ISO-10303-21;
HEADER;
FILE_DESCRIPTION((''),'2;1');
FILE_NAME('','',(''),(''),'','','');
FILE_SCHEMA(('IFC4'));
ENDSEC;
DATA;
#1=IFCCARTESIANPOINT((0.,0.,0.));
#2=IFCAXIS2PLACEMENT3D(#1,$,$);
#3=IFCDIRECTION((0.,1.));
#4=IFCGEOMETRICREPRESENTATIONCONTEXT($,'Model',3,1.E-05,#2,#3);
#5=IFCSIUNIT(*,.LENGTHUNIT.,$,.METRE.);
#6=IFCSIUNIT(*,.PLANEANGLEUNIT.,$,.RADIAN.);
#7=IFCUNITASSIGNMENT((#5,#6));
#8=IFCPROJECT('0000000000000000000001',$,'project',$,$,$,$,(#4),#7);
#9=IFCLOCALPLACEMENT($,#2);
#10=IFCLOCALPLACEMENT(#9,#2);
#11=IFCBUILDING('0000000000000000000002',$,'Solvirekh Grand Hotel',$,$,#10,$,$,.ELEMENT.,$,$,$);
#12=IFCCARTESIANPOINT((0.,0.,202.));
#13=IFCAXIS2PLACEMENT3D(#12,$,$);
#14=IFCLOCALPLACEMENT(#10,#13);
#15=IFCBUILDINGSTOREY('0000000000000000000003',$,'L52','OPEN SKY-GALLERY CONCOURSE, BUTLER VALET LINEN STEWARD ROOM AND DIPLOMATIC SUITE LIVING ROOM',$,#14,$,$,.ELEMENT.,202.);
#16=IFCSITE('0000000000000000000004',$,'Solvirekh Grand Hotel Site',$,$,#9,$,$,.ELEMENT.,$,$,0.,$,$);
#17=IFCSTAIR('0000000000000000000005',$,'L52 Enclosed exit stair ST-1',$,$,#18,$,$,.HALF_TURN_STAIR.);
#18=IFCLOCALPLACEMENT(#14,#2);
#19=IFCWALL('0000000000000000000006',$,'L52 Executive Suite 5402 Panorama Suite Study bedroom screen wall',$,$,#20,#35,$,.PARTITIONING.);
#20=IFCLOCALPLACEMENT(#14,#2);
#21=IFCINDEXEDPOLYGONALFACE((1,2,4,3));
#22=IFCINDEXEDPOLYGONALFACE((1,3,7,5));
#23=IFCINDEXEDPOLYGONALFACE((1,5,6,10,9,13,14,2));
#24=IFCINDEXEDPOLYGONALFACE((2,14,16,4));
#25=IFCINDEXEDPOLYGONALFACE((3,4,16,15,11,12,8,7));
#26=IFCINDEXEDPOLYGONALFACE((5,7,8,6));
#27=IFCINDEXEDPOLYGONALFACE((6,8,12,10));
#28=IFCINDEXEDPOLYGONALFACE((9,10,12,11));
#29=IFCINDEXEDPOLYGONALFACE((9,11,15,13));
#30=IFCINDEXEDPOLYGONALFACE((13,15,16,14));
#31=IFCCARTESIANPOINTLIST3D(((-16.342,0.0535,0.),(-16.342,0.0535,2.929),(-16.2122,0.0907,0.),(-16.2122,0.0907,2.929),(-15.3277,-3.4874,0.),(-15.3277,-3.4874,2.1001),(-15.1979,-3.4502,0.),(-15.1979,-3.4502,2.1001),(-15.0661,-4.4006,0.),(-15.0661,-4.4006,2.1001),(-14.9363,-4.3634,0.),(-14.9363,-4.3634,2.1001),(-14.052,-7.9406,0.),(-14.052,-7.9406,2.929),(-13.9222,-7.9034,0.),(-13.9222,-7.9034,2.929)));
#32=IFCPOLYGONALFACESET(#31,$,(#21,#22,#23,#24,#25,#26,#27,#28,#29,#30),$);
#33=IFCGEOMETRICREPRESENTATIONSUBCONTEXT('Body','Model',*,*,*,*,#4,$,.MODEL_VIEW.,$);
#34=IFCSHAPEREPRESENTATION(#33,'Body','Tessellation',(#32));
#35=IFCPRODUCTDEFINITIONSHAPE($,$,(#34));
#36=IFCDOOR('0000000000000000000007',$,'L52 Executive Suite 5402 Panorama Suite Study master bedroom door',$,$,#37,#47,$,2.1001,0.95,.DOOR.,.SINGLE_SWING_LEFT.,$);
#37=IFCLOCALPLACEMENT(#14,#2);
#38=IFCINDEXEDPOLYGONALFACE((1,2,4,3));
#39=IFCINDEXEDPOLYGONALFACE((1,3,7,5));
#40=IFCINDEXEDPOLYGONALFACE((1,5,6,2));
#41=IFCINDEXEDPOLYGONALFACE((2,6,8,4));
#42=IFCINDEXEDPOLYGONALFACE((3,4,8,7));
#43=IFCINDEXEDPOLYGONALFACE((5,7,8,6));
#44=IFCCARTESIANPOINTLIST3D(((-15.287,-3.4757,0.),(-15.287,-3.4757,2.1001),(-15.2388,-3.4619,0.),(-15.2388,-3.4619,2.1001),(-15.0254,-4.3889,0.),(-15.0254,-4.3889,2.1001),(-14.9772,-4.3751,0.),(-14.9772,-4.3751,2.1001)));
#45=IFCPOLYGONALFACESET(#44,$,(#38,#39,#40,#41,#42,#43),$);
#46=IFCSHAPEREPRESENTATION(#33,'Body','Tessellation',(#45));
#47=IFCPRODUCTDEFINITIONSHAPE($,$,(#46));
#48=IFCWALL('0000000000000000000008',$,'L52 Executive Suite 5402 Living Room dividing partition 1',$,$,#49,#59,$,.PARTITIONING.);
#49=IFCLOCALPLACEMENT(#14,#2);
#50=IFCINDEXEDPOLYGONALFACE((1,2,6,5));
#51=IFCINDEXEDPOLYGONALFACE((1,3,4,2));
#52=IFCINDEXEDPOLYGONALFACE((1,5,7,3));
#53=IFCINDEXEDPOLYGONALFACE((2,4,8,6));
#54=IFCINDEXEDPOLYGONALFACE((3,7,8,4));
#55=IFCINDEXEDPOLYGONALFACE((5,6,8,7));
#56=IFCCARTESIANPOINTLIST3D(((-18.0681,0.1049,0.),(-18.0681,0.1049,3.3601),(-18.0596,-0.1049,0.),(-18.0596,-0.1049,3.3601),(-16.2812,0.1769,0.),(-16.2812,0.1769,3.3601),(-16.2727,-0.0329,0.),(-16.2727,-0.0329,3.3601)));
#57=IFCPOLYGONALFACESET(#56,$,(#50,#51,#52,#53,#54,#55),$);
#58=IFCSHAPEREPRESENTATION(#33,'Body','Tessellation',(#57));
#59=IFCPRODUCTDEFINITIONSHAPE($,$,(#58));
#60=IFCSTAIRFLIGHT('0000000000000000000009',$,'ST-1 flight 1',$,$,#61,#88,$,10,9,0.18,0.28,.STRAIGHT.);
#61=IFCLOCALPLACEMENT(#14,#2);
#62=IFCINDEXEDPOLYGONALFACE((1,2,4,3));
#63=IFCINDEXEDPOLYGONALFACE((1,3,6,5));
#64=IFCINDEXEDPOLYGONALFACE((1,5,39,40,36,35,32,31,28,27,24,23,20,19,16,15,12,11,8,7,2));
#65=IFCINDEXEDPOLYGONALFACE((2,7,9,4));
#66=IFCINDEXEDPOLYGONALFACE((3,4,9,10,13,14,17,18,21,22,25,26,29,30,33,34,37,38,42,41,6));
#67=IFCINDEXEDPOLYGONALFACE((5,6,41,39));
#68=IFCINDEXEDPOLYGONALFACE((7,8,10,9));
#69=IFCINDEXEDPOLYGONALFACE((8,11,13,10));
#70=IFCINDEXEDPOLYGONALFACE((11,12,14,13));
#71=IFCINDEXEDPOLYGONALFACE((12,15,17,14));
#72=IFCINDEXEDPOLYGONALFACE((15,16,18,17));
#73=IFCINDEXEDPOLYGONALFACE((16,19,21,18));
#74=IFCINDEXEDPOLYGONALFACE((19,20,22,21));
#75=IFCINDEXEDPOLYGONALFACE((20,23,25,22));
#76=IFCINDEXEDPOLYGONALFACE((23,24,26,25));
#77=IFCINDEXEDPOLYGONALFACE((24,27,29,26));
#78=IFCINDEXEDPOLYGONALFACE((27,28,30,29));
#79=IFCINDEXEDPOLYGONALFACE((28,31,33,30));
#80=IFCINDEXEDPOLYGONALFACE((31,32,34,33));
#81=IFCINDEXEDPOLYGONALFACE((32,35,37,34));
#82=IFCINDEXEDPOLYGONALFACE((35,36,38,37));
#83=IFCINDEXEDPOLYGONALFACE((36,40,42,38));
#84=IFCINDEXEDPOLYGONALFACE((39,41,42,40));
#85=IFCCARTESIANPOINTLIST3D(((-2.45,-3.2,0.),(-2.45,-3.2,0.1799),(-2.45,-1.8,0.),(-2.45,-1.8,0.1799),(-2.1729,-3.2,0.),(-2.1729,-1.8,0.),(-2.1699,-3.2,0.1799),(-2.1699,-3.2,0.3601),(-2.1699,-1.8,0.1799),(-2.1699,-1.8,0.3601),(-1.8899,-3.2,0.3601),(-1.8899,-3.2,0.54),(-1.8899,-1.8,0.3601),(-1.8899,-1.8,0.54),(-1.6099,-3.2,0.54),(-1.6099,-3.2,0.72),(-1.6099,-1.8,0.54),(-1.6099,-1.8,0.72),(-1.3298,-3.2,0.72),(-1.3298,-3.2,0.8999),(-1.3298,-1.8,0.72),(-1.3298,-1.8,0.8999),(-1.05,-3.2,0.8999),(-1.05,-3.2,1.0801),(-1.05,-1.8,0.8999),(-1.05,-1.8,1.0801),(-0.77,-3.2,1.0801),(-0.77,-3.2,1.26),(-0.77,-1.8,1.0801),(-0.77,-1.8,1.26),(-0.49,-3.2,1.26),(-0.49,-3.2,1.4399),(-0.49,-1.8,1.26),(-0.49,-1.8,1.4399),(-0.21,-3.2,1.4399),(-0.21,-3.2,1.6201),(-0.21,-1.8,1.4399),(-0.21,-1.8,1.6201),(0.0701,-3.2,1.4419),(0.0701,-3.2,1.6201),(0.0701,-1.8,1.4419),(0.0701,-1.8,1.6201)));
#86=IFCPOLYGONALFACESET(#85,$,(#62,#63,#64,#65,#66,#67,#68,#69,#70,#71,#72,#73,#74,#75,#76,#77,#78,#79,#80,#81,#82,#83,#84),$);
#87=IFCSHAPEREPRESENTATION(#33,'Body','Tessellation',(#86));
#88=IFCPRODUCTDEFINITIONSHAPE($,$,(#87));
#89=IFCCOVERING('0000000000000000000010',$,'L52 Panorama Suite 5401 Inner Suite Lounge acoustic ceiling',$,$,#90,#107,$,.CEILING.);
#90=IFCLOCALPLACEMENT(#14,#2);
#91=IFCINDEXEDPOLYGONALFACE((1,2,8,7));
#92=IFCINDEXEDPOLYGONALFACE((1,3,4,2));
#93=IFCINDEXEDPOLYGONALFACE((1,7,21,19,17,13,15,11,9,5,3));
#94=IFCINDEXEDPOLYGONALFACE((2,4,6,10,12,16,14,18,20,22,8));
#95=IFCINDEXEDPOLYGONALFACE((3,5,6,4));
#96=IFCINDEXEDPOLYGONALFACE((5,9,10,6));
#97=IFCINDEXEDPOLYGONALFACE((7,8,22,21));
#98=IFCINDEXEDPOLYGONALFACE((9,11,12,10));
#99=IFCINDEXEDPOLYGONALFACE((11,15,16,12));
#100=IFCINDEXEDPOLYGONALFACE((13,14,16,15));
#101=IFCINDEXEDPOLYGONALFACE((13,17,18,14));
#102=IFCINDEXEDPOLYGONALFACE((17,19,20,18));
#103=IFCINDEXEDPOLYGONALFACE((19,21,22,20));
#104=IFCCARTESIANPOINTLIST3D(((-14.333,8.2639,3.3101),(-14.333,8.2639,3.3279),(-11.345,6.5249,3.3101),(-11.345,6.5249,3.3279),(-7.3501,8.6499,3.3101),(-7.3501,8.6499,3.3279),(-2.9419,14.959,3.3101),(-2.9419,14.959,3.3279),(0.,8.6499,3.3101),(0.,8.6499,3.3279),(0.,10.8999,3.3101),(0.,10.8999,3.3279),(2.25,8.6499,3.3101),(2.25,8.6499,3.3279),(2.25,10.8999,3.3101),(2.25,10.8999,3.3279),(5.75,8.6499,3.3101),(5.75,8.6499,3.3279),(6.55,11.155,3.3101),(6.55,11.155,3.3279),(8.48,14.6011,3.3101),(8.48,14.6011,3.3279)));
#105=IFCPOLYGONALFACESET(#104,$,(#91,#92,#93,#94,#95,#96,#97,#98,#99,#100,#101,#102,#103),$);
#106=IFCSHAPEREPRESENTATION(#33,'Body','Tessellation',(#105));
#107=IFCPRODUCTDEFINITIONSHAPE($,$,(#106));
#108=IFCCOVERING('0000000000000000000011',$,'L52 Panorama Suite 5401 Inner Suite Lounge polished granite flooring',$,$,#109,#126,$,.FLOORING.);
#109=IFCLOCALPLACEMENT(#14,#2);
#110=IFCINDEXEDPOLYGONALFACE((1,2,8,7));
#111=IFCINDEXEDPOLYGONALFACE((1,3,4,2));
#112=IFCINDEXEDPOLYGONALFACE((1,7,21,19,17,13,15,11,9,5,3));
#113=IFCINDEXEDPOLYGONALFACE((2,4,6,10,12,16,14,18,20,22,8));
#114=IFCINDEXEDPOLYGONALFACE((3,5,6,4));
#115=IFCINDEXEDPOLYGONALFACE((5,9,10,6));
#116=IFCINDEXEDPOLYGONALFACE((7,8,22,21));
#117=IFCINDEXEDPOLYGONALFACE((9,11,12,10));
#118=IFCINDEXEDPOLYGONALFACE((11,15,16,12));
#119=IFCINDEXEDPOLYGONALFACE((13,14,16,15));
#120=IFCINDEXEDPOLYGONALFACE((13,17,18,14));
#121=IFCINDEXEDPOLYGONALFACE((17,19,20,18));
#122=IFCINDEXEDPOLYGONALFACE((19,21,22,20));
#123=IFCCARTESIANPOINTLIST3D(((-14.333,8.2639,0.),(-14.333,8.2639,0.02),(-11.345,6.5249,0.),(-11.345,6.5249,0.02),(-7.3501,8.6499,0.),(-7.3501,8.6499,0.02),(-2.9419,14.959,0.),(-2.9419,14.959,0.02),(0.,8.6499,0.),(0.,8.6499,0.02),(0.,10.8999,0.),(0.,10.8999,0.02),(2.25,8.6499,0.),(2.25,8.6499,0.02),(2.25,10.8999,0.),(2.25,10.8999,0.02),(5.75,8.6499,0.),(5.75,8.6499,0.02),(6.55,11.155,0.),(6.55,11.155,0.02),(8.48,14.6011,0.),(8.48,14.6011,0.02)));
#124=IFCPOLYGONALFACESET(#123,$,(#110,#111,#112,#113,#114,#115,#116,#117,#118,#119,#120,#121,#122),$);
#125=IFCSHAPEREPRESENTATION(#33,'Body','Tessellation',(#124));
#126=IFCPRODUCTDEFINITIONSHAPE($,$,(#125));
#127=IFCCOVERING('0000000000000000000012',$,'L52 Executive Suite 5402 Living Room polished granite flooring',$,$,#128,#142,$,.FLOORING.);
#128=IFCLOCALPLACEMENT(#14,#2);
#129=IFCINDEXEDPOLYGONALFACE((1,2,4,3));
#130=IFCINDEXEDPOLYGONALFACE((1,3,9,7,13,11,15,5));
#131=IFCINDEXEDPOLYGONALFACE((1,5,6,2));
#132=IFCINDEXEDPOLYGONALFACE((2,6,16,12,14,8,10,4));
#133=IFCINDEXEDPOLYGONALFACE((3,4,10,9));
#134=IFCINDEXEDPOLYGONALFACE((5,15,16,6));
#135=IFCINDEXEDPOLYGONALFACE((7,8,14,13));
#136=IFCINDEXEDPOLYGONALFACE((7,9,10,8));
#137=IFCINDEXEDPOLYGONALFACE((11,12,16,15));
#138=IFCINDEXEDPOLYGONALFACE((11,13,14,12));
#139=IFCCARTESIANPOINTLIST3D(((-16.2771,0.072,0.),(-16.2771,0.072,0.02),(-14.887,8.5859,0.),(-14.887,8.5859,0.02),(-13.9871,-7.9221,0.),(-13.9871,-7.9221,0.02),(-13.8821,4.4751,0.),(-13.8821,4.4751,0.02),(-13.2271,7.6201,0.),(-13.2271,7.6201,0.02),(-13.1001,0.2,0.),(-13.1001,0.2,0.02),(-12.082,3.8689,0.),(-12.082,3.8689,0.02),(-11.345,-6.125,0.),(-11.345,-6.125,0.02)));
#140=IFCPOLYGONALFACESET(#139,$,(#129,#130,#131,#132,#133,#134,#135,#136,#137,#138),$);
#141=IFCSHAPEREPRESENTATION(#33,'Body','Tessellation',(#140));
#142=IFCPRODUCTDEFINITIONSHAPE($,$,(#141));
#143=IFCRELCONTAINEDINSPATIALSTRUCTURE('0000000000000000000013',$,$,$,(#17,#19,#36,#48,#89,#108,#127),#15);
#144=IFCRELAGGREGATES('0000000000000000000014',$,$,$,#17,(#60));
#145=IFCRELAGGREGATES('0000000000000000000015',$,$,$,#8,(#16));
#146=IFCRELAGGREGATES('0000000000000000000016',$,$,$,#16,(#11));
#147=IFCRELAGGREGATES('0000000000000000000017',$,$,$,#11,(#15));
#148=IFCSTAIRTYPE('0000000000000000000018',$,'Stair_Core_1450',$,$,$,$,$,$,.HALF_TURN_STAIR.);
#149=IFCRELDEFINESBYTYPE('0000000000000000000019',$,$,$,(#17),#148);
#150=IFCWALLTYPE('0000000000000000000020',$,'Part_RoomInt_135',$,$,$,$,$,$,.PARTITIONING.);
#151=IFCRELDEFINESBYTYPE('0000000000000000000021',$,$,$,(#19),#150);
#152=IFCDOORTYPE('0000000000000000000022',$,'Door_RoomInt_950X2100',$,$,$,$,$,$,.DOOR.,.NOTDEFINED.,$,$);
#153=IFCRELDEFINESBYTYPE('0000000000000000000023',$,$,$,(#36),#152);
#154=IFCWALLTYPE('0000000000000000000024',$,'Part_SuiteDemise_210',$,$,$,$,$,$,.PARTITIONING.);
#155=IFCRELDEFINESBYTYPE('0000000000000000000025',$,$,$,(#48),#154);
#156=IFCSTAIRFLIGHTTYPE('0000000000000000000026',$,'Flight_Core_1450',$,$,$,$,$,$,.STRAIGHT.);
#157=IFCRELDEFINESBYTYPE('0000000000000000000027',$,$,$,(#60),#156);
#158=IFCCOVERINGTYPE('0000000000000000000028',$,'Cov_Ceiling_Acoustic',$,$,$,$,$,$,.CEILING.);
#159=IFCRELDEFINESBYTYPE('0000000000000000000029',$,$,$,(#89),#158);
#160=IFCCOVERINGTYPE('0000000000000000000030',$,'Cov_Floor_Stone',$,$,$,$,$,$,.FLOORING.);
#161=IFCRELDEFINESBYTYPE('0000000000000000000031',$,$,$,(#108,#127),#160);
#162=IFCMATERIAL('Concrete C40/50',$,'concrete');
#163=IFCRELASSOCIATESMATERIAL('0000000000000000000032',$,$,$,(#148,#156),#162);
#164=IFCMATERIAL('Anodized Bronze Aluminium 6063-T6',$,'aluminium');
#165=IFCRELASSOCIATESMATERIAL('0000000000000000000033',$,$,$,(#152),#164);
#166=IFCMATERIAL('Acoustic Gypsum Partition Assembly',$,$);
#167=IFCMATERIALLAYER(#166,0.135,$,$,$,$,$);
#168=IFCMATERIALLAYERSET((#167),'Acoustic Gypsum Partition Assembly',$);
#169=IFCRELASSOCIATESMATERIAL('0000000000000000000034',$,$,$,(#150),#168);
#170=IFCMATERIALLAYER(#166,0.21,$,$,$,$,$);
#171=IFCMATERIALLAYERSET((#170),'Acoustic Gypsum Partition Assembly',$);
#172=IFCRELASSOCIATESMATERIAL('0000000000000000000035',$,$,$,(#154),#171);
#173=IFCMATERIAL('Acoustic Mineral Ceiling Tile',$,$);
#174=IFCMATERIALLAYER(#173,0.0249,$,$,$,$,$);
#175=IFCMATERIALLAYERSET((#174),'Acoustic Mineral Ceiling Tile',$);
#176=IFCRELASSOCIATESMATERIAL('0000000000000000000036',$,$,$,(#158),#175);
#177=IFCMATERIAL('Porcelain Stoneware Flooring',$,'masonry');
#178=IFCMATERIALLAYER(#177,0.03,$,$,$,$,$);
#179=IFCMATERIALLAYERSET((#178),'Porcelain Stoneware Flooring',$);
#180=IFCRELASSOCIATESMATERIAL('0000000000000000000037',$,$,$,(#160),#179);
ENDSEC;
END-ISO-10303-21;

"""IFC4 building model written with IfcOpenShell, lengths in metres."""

from ifc_helpers import new_model, si_unit, direction, frame, frame_2d, origin, place, context, subcontext, project, spatial, polyline, rectangle, outline, extrude, material, layer, layer_set, type_object, element, fill, aggregate, save


model = new_model("IFC4")

# Units and contexts
model_context = context("Model", 3, precision=1e-05, world=origin(), true_north=direction((0.0, 1.0)))
body_context = subcontext(model_context, "Body", "Model", "MODEL_VIEW")
ifc_project = project(units=[si_unit("LENGTHUNIT", "METRE"), si_unit("PLANEANGLEUNIT", "RADIAN")], contexts=[model_context])

# Site, building, storey
site_placement = place(None, origin())
site = spatial("IfcSite", under=ifc_project, at=site_placement, Name="Solvirekh Grand Hotel Site", CompositionType="ELEMENT", RefElevation=0.0)
building_placement = place(site_placement, origin())
building = spatial("IfcBuilding", under=site, at=building_placement, Name="Solvirekh Grand Hotel", CompositionType="ELEMENT")
storey_placement = place(building_placement, frame((0.0, 0.0, 202.0)))
storey = spatial("IfcBuildingStorey", under=building, at=storey_placement, Name="L52", Description="OPEN SKY-GALLERY CONCOURSE, BUTLER VALET LINEN STEWARD ROOM AND DIPLOMATIC SUITE LIVING ROOM", CompositionType="ELEMENT", Elevation=202.0)

# Stair
ifc_material_1 = material(Name="Concrete C40/50", Category="concrete")
stair_type = type_object("IfcStairType", Name="Stair_Core_1450", PredefinedType="HALF_TURN_STAIR", material=ifc_material_1)
stair_1_placement = place(storey_placement, origin())
stair_1 = element("IfcStair", 1, at=stair_1_placement, inside=storey, type_object=stair_type, Name="L52 Enclosed exit stair ST-1", PredefinedType="HALF_TURN_STAIR")

# Shared definitions
ifc_material_2 = material(Name="Acoustic Gypsum Partition Assembly")

# Shared definitions
ifc_material_3 = material(Name="Anodized Bronze Aluminium 6063-T6", Category="aluminium")
door_type_1 = type_object("IfcDoorType", Name="Door_RoomInt_950X2100", OperationType="NOTDEFINED", PredefinedType="DOOR", material=ifc_material_3)

# Wall, opening, door
ifc_layer_1 = layer(ifc_material_2, 0.135)
ifc_layer_set_1 = layer_set([ifc_layer_1], Name="Acoustic Gypsum Partition Assembly")
wall_type_1 = type_object("IfcWallType", Name="Part_RoomInt_135", PredefinedType="PARTITIONING", material=ifc_layer_set_1)
wall_1_placement = place(storey_placement, frame((-16.2771, 0.072, 0.0), z_axis=(0.0, 0.0, 1.0), x_axis=(0.275388, -0.961333, 0.0)))
wall_1 = element("IfcWall", 2, at=wall_1_placement, inside=storey, type_object=wall_type_1, Name="L52 Executive Suite 5402 Panorama Suite Study bedroom screen wall", PredefinedType="PARTITIONING", context=body_context, shape_type="SweptSolid", body=[
    extrude(rectangle(XDim=8.3157, YDim=0.135, at=frame_2d((4.1577, 0.0))), origin(), (0.0, 0.0, 1.0), 2.929),
])
opening_1_placement = place(wall_1_placement, frame((3.6831, 0.0, 0.0)))
opening_1 = element("IfcOpeningElement", 3, at=opening_1_placement, cuts=wall_1, PredefinedType="OPENING", context=body_context, shape_type="SweptSolid", body=[
    extrude(rectangle(XDim=0.95, YDim=2.1001, at=frame_2d((0.4751, 1.05))), frame((0.0, 0.0776, 0.0), z_axis=(0.0, -1.0, 0.0), x_axis=(1.0, 0.0, 0.0)), (0.0, 0.0, 1.0), 0.155),
])
door_1_placement = place(opening_1_placement, origin())
door_1 = element("IfcDoor", 4, at=door_1_placement, inside=storey, type_object=door_type_1, Name="L52 Executive Suite 5402 Panorama Suite Study master bedroom door", OperationType="SINGLE_SWING_LEFT", OverallHeight=2.1001, OverallWidth=0.95, PredefinedType="DOOR", context=body_context, shape_type="SweptSolid", body=[
    extrude(rectangle(XDim=0.95, YDim=2.1001, at=frame_2d((0.4751, 1.05))), frame((0.0, 0.0249, 0.0), z_axis=(0.0, -1.0, 0.0), x_axis=(1.0, 0.0, 0.0)), (0.0, 0.0, 1.0), 0.05),
])
fill(opening_1, door_1)

# Wall
ifc_layer_2 = layer(ifc_material_2, 0.21)
ifc_layer_set_2 = layer_set([ifc_layer_2], Name="Acoustic Gypsum Partition Assembly")
wall_type_2 = type_object("IfcWallType", Name="Part_SuiteDemise_210", PredefinedType="PARTITIONING", material=ifc_layer_set_2)
wall_2_placement = place(storey_placement, frame((-16.2771, 0.072, 0.0), z_axis=(0.0, 0.0, 1.0), x_axis=(-0.999189, -0.040273, 0.0)))
element("IfcWall", 5, at=wall_2_placement, inside=storey, type_object=wall_type_2, Name="L52 Executive Suite 5402 Living Room dividing partition 1", PredefinedType="PARTITIONING", context=body_context, shape_type="SweptSolid", body=[
    extrude(rectangle(XDim=1.7883, YDim=0.21, at=frame_2d((0.894, 0.0))), origin(), (0.0, 0.0, 1.0), 3.3601),
])

# Stair flight
stair_flight_type = type_object("IfcStairFlightType", Name="Flight_Core_1450", PredefinedType="STRAIGHT", material=ifc_material_1)
stair_flight_placement = place(storey_placement, frame((-2.45, -2.5, 0.0), z_axis=(0.0, 0.0, 1.0), x_axis=(1.0, 0.0, 0.0)))
stair_flight = element("IfcStairFlight", 6, at=stair_flight_placement, type_object=stair_flight_type, Name="ST-1 flight 1", NumberOfRisers=10, NumberOfTreads=9, PredefinedType="STRAIGHT", RiserHeight=0.18, TreadLength=0.28, context=body_context, shape_type="SweptSolid", body=[
    extrude(outline(polyline([(0.0, 0.0), (0.0, 0.1799), (0.28, 0.1799), (0.28, 0.3601), (0.5601, 0.3601), (0.5601, 0.54), (0.8401, 0.54), (0.8401, 0.72), (1.1201, 0.72), (1.1201, 0.8999), (1.3999, 0.8999), (1.3999, 1.0801), (1.6799, 1.0801), (1.6799, 1.26), (1.96, 1.26), (1.96, 1.4399), (2.24, 1.4399), (2.24, 1.6201), (2.52, 1.6201), (2.52, 1.8), (2.52, 1.4419), (0.2771, 0.0), (0.0, 0.0)])), frame((0.0, 0.7, 0.0), z_axis=(0.0, -1.0, 0.0), x_axis=(1.0, 0.0, 0.0)), (0.0, 0.0, 1.0), 1.3999),
])
aggregate(stair_1, [stair_flight])

# Coverings
ifc_material_4 = material(Name="Acoustic Mineral Ceiling Tile")
ifc_layer_3 = layer(ifc_material_4, 0.0249)
ifc_layer_set_3 = layer_set([ifc_layer_3], Name="Acoustic Mineral Ceiling Tile")
covering_type_1 = type_object("IfcCoveringType", Name="Cov_Ceiling_Acoustic", PredefinedType="CEILING", material=ifc_layer_set_3)
covering_1_placement = place(storey_placement, frame((0.0, 0.0, 3.3101)))
element("IfcCovering", 7, at=covering_1_placement, inside=storey, type_object=covering_type_1, Name="L52 Panorama Suite 5401 Inner Suite Lounge acoustic ceiling", PredefinedType="CEILING", context=body_context, shape_type="SweptSolid", body=[
    extrude(outline(polyline([(0.0, 8.6499), (0.0, 10.8999), (2.25, 10.8999), (2.25, 8.6499), (5.75, 8.6499), (6.55, 11.155), (8.48, 14.6011), (-2.9419, 14.959), (-14.333, 8.2639), (-11.345, 6.5249), (-7.3501, 8.6499), (0.0, 8.6499)])), origin(), (0.0, 0.0, 1.0), 0.0178),
])
ifc_material_5 = material(Name="Porcelain Stoneware Flooring", Category="masonry")
ifc_layer_4 = layer(ifc_material_5, 0.03)
ifc_layer_set_4 = layer_set([ifc_layer_4], Name="Porcelain Stoneware Flooring")
covering_type_2 = type_object("IfcCoveringType", Name="Cov_Floor_Stone", PredefinedType="FLOORING", material=ifc_layer_set_4)
covering_2_placement = place(storey_placement, origin())
element("IfcCovering", 8, at=covering_2_placement, inside=storey, type_object=covering_type_2, Name="L52 Panorama Suite 5401 Inner Suite Lounge polished granite flooring", PredefinedType="FLOORING", context=body_context, shape_type="SweptSolid", body=[
    extrude(outline(polyline([(0.0, 8.6499), (0.0, 10.8999), (2.25, 10.8999), (2.25, 8.6499), (5.75, 8.6499), (6.55, 11.155), (8.48, 14.6011), (-2.9419, 14.959), (-14.333, 8.2639), (-11.345, 6.5249), (-7.3501, 8.6499), (0.0, 8.6499)])), origin(), (0.0, 0.0, 1.0), 0.02),
])
covering_3_placement = place(storey_placement, origin())
element("IfcCovering", 9, at=covering_3_placement, inside=storey, type_object=covering_type_2, Name="L52 Executive Suite 5402 Living Room polished granite flooring", PredefinedType="FLOORING", context=body_context, shape_type="SweptSolid", body=[
    extrude(outline(polyline([(-13.8821, 4.4751), (-13.2271, 7.6201), (-14.887, 8.5859), (-16.2771, 0.072), (-13.9871, -7.9221), (-11.345, -6.125), (-13.1001, 0.2), (-12.082, 3.8689), (-13.8821, 4.4751)])), origin(), (0.0, 0.0, 1.0), 0.02),
])

save(model, "model.ifc")
